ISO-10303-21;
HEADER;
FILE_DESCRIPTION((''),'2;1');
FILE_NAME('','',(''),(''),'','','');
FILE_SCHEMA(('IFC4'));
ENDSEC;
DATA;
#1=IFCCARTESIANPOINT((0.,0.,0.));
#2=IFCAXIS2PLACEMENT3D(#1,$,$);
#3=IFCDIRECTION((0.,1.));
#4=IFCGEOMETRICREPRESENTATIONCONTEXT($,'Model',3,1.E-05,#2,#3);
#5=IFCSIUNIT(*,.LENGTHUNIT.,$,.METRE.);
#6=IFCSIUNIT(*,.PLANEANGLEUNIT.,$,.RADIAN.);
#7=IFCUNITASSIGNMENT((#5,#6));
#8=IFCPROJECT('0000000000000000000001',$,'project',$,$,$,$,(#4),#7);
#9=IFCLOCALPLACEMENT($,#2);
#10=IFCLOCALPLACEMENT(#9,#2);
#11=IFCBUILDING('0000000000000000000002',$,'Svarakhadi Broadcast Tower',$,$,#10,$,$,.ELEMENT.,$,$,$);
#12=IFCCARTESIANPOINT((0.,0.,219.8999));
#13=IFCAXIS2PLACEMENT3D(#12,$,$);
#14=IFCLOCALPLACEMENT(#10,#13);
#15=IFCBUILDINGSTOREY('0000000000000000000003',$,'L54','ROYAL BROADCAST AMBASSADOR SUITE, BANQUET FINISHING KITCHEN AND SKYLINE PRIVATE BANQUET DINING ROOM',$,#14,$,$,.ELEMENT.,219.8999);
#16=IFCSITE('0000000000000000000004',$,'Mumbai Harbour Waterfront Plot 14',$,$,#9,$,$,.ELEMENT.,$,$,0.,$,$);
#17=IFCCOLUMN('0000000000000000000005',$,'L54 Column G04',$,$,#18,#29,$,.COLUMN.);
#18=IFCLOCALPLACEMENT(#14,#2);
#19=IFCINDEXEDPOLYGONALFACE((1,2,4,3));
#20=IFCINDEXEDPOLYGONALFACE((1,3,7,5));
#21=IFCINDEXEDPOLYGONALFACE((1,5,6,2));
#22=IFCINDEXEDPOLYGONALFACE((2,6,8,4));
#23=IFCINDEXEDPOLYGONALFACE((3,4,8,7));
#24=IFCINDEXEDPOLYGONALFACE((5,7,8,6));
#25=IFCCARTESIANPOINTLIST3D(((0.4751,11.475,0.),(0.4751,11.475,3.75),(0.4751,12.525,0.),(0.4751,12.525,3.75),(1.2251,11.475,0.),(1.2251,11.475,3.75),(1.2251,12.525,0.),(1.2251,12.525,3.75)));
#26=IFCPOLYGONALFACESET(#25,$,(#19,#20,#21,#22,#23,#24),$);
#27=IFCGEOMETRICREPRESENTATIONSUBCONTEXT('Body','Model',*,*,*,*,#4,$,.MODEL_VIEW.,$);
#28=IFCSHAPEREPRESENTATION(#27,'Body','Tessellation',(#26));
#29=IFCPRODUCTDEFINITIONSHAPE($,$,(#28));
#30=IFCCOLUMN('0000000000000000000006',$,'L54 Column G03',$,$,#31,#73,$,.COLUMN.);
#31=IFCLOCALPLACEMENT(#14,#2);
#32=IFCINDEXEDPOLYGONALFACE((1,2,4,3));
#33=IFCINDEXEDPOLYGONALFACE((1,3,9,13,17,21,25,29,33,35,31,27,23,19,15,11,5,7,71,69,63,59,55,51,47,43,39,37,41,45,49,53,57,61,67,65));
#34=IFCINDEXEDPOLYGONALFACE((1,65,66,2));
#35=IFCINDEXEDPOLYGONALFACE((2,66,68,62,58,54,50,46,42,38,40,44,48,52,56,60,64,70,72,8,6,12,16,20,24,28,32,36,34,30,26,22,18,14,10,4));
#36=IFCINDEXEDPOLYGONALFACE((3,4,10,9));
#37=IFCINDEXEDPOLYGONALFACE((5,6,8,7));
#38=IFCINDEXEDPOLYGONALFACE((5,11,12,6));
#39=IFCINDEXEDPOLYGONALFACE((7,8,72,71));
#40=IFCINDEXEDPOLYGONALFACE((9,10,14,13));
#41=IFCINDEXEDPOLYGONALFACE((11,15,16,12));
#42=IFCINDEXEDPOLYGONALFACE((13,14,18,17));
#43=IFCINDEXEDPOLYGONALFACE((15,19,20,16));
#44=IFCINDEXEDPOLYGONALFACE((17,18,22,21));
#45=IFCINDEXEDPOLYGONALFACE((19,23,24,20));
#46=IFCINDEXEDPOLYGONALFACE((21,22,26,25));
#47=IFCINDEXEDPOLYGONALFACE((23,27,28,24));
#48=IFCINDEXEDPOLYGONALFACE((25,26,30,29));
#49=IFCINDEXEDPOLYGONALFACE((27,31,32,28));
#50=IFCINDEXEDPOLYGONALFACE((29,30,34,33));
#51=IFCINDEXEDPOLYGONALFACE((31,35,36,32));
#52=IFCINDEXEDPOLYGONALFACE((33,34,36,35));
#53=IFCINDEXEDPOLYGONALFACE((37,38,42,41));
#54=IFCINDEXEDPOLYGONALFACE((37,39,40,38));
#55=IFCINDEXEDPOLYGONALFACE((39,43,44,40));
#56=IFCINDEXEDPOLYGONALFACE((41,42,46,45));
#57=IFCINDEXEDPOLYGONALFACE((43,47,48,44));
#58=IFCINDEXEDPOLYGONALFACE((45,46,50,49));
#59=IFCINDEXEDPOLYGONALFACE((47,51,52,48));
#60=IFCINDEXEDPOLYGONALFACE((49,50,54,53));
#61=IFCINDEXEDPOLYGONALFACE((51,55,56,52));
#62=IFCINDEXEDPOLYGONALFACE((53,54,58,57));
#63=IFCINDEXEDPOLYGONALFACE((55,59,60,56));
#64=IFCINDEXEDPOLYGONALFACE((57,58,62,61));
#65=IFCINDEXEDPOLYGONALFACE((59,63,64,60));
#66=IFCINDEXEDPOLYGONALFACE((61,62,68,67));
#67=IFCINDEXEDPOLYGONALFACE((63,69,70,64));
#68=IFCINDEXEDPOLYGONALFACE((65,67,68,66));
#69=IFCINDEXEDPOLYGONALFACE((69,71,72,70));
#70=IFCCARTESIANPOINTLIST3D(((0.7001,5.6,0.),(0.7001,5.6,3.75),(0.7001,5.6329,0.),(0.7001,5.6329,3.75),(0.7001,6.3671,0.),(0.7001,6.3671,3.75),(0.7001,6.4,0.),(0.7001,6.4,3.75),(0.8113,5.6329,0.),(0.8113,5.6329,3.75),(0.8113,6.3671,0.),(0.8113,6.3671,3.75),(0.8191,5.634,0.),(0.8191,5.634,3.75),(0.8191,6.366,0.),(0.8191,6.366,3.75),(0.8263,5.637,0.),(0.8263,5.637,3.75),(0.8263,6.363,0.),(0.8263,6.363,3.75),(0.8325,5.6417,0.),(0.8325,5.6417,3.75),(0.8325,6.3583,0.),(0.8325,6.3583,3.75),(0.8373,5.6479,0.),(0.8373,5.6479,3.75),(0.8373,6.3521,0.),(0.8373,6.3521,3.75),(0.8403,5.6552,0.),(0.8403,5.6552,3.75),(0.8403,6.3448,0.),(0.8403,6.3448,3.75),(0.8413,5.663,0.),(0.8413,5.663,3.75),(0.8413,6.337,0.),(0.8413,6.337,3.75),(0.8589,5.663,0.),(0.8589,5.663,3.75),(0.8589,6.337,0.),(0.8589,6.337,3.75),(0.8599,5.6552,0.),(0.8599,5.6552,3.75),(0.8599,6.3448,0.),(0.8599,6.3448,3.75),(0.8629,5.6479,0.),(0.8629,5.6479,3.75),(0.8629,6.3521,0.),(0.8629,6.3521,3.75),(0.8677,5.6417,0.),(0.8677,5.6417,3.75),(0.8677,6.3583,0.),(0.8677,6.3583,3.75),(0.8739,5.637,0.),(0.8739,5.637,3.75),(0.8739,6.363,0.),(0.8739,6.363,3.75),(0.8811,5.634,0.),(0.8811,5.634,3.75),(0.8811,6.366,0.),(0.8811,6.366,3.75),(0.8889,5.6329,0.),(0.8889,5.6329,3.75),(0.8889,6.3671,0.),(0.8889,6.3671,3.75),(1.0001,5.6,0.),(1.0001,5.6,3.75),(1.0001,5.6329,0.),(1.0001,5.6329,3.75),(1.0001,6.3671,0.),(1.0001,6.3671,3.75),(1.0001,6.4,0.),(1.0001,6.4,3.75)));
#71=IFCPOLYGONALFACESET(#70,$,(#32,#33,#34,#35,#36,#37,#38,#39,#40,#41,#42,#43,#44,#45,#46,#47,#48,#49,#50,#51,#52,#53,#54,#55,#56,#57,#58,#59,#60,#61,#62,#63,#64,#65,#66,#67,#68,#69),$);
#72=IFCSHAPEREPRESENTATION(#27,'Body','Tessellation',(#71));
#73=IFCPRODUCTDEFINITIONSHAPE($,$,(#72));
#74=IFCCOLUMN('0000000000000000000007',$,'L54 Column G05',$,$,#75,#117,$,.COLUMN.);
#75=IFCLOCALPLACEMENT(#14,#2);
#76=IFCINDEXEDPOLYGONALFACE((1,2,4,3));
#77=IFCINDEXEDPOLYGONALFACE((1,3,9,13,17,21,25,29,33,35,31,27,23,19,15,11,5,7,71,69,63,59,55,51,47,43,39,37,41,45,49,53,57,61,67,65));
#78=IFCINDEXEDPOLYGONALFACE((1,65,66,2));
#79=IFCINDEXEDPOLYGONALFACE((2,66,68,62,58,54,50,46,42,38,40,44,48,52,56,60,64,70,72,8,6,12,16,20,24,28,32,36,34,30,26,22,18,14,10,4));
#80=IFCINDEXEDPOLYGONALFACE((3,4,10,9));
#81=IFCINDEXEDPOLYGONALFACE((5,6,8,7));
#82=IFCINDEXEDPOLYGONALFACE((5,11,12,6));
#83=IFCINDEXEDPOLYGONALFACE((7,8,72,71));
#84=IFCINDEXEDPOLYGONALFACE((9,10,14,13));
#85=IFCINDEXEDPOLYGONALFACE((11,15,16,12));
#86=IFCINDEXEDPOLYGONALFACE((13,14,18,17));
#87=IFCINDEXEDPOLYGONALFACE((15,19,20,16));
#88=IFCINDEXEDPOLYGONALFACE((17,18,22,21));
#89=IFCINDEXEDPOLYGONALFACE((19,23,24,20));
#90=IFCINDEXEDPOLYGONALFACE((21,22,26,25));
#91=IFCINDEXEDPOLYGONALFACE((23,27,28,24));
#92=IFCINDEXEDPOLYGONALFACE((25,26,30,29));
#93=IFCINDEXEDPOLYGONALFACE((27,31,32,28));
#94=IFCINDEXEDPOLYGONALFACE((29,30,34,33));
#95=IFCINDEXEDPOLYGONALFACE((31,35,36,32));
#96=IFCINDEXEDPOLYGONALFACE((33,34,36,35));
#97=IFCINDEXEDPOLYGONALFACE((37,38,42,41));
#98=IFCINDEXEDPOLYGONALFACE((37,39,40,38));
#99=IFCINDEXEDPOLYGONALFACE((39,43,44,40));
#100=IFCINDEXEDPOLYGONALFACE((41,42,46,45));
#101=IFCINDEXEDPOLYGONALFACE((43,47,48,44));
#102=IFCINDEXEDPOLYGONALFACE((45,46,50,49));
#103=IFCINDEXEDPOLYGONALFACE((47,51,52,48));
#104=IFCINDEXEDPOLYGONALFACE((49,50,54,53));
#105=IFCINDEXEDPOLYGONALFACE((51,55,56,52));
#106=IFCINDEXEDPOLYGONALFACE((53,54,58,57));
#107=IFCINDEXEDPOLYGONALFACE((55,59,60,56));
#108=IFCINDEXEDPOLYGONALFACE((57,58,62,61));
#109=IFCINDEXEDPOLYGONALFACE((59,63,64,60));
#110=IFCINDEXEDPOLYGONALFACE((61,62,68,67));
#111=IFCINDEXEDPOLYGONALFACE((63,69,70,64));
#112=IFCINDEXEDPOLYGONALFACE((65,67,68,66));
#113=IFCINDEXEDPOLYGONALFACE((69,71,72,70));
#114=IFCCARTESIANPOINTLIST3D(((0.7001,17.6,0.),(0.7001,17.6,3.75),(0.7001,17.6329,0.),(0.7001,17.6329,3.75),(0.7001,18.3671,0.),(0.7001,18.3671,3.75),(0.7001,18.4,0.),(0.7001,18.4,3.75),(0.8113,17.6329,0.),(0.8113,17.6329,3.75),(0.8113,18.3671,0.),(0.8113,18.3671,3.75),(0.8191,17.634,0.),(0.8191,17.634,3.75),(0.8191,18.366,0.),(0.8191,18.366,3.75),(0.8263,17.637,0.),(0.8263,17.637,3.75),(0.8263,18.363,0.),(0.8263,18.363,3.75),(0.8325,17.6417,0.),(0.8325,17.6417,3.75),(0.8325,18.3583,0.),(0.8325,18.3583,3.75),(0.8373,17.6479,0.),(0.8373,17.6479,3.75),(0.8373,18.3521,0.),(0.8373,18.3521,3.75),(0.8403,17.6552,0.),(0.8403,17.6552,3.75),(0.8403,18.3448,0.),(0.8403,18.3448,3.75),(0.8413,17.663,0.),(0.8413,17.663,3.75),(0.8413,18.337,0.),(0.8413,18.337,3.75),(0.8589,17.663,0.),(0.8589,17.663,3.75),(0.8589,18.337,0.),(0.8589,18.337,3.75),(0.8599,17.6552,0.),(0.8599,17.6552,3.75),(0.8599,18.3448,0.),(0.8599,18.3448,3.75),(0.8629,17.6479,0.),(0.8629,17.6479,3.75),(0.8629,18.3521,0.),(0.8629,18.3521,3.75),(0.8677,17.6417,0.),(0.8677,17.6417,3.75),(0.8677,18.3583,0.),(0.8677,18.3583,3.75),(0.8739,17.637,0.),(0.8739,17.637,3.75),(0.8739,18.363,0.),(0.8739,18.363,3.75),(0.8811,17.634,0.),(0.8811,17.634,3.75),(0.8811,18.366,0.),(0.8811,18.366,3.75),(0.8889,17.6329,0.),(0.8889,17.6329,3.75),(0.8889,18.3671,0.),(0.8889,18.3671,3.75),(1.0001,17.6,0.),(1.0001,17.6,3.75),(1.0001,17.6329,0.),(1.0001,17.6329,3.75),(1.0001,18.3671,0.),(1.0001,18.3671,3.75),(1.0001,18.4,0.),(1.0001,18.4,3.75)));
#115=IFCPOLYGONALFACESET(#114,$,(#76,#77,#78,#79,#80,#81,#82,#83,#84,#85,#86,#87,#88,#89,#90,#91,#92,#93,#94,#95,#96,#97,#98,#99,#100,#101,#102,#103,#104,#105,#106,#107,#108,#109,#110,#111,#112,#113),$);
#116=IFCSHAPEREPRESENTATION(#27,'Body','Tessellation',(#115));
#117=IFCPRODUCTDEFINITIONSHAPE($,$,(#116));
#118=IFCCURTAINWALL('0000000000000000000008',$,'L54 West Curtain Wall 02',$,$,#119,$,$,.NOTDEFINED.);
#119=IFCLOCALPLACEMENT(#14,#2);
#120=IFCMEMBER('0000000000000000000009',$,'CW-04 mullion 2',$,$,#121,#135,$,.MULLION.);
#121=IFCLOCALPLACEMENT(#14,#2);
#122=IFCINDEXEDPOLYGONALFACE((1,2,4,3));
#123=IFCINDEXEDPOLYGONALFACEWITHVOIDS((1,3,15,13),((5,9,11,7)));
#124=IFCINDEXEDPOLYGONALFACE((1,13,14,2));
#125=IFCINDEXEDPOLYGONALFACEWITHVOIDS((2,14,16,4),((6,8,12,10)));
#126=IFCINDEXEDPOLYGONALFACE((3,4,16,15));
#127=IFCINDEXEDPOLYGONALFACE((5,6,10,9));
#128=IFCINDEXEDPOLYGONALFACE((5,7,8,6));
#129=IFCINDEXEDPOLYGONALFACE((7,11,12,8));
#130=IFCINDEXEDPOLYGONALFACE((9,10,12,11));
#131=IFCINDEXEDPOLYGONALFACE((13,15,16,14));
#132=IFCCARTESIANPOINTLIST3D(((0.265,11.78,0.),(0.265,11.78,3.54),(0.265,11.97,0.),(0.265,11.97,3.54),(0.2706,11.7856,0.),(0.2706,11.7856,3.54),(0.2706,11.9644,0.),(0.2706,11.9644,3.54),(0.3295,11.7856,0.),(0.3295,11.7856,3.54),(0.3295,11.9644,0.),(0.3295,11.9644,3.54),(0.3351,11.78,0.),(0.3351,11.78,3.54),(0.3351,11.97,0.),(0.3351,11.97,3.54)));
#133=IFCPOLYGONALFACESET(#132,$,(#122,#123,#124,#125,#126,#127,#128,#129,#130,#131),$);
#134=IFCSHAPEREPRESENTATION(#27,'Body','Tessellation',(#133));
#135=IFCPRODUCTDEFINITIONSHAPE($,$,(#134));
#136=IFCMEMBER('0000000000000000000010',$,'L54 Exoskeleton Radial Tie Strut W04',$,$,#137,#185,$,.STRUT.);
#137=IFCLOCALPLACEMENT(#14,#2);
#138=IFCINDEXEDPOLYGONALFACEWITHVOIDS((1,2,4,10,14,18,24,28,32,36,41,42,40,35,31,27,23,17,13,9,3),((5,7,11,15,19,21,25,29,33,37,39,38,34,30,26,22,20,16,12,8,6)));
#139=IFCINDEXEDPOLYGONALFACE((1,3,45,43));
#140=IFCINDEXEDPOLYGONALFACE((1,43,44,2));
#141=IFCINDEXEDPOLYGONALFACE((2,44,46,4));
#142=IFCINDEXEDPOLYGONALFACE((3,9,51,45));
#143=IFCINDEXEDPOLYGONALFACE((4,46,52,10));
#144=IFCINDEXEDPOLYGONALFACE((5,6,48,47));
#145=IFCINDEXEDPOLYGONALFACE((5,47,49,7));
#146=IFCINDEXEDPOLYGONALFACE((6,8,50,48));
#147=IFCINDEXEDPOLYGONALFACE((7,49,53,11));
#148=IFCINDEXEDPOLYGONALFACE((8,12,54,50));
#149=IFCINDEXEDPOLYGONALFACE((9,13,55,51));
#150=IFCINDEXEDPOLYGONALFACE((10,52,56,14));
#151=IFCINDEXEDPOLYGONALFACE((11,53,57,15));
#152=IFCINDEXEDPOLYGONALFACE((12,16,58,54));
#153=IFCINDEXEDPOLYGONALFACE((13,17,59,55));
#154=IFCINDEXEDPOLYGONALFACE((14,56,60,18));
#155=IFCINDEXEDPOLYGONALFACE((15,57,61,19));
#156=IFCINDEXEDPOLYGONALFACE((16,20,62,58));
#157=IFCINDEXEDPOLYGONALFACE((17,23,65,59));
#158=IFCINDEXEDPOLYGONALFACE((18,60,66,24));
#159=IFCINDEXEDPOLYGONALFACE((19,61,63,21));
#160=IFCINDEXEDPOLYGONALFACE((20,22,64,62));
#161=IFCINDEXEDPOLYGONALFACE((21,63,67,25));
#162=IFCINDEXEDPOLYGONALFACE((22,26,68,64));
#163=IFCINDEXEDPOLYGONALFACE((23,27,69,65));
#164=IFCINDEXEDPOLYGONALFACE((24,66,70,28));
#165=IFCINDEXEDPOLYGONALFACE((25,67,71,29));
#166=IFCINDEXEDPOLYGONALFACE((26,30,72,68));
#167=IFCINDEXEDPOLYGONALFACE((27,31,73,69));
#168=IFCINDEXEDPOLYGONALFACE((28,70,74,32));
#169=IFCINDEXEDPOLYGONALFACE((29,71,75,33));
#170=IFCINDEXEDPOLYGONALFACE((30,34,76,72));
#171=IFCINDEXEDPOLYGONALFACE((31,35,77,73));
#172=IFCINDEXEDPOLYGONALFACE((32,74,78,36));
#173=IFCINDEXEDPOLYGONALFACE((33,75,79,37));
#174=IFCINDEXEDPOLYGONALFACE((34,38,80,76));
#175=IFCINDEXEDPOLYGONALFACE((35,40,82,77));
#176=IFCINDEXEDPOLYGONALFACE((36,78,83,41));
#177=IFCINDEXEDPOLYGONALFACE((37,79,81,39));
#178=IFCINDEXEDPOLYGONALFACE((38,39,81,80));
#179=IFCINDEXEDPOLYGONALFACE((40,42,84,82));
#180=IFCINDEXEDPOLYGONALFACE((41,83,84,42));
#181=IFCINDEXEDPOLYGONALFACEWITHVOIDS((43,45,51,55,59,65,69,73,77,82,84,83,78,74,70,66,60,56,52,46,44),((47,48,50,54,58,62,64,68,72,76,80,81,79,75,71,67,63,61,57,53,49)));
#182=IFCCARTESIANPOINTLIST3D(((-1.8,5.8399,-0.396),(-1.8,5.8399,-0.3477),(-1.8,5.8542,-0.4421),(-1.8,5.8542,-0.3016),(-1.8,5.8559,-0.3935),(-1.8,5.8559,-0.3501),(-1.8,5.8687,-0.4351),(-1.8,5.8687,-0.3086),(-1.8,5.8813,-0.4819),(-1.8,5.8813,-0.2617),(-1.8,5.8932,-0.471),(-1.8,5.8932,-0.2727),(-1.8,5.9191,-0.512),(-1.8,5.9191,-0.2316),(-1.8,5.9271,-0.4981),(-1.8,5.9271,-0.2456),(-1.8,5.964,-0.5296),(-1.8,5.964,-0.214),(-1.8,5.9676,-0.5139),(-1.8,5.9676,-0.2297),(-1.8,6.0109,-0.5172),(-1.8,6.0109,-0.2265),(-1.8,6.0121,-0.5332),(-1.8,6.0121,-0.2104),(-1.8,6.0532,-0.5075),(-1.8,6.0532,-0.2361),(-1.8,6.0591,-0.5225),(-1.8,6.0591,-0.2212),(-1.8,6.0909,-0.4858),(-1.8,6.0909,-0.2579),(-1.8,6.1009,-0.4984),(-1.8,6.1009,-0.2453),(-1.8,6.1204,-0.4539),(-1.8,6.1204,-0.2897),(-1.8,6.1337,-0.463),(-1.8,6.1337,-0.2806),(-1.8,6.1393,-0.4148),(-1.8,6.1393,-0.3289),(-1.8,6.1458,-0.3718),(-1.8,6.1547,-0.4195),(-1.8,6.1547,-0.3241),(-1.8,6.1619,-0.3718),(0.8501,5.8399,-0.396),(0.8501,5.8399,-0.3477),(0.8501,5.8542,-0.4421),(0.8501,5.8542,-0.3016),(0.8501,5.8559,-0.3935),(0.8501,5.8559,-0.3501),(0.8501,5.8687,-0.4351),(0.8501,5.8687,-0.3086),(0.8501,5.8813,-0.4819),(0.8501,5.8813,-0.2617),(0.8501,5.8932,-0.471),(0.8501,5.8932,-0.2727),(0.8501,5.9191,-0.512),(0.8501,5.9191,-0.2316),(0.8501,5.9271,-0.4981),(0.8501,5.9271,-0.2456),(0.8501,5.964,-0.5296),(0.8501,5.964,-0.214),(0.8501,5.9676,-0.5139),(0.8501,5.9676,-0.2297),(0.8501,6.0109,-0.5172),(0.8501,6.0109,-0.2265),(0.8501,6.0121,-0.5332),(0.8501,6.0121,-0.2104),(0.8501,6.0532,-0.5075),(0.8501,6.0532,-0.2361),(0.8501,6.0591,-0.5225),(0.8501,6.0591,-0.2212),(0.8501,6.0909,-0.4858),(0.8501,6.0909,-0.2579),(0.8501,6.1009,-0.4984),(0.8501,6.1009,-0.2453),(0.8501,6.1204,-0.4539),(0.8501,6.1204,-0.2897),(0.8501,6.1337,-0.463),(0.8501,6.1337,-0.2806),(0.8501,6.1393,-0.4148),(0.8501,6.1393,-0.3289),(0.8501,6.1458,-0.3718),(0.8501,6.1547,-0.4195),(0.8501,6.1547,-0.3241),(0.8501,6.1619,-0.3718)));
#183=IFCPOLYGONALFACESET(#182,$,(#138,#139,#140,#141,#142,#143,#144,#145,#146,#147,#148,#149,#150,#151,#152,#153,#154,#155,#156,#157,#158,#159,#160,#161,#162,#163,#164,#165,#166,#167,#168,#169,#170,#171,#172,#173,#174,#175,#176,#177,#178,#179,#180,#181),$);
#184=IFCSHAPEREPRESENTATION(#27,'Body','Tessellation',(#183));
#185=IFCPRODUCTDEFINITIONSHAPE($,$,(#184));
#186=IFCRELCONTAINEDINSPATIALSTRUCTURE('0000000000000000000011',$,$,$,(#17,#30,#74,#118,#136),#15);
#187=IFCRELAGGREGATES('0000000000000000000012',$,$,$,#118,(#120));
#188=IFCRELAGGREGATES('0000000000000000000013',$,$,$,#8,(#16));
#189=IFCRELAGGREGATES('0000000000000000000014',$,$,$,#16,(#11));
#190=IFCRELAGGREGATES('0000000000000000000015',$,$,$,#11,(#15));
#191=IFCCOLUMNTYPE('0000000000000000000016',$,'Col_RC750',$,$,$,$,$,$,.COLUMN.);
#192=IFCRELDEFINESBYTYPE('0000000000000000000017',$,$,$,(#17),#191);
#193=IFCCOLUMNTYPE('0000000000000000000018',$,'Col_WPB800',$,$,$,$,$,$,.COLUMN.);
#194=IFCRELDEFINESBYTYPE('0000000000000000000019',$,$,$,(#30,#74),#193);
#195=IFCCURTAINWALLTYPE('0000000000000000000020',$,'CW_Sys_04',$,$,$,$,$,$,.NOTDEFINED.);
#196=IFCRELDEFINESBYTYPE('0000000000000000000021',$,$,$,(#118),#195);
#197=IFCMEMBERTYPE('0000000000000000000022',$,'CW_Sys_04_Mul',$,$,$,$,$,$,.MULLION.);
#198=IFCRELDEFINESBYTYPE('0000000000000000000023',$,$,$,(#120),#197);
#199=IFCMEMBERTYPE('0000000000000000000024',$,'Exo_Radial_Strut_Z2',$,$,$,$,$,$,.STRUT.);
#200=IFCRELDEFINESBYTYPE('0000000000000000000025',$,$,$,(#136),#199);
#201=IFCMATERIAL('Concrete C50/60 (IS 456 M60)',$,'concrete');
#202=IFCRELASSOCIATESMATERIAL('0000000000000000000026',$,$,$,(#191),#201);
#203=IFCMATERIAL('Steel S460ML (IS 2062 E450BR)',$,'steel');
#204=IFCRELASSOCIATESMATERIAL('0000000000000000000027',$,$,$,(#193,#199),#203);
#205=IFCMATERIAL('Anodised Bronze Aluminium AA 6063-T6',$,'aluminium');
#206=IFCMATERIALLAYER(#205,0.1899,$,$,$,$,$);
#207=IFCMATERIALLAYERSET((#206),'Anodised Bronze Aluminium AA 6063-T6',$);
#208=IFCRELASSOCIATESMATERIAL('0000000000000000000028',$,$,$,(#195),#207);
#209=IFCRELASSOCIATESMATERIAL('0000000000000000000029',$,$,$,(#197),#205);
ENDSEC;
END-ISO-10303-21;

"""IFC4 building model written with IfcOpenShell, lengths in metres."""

from ifc_helpers import new_model, si_unit, direction, frame, origin, origin_2d, place, context, subcontext, project, spatial, rectangle, hollow_rectangle, hollow_circle, i_section, extrude, material, layer, layer_set, material_profile, profile_set, type_object, element, aggregate, save


model = new_model("IFC4")

# Units and contexts
model_context = context("Model", 3, precision=1e-05, world=origin(), true_north=direction((0.0, 1.0)))
body_context = subcontext(model_context, "Body", "Model", "MODEL_VIEW")
ifc_project = project(units=[si_unit("LENGTHUNIT", "METRE"), si_unit("PLANEANGLEUNIT", "RADIAN")], contexts=[model_context])

# Site, building, storey
site_placement = place(None, origin())
site = spatial("IfcSite", under=ifc_project, at=site_placement, Name="Mumbai Harbour Waterfront Plot 14", CompositionType="ELEMENT", RefElevation=0.0)
building_placement = place(site_placement, origin())
building = spatial("IfcBuilding", under=site, at=building_placement, Name="Svarakhadi Broadcast Tower", CompositionType="ELEMENT")
storey_placement = place(building_placement, frame((0.0, 0.0, 219.8999)))
storey = spatial("IfcBuildingStorey", under=building, at=storey_placement, Name="L54", Description="ROYAL BROADCAST AMBASSADOR SUITE, BANQUET FINISHING KITCHEN AND SKYLINE PRIVATE BANQUET DINING ROOM", CompositionType="ELEMENT", Elevation=219.8999)

# Columns
ifc_material_1 = material(Name="Concrete C50/60 (IS 456 M60)", Category="concrete")
ifc_material_profile_1 = material_profile(ifc_material_1, rectangle(XDim=0.75, YDim=1.05, at=origin_2d()), Name="RC 750x1050")
ifc_profile_set_1 = profile_set([ifc_material_profile_1], Name="Concrete C50/60 (IS 456 M60)")
column_type_1 = type_object("IfcColumnType", Name="Col_RC750", PredefinedType="COLUMN", material=ifc_profile_set_1)
column_placement = place(storey_placement, frame((0.8501, 12.0, 0.0), z_axis=(0.0, 0.0, 1.0), x_axis=(1.0, 0.0, 0.0)))
element("IfcColumn", 1, at=column_placement, inside=storey, type_object=column_type_1, Name="L54 Column G04", PredefinedType="COLUMN", context=body_context, shape_type="SweptSolid", body=[
    extrude(rectangle(XDim=0.75, YDim=1.05, at=origin_2d()), origin(), (0.0, 0.0, 1.0), 3.75),
])
ifc_material_2 = material(Name="Steel S460ML (IS 2062 E450BR)", Category="steel")
ifc_material_profile_2 = material_profile(ifc_material_2, i_section(OverallWidth=0.3, OverallDepth=0.8, WebThickness=0.0176, FlangeThickness=0.033, FilletRadius=0.03, at=origin_2d()), Name="WPB 800x300x262")
ifc_profile_set_2 = profile_set([ifc_material_profile_2], Name="Steel S460ML (IS 2062 E450BR)")
column_type_2 = type_object("IfcColumnType", Name="Col_WPB800", PredefinedType="COLUMN", material=ifc_profile_set_2)
for number, where, z_axis, x_axis, name in (
    (2, (0.8501, 6.0, 0.0), (0.0, 0.0, 1.0), (1.0, 0.0, 0.0), "L54 Column G03"),
    (3, (0.8501, 18.0, 0.0), (0.0, 0.0, 1.0), (1.0, 0.0, 0.0), "L54 Column G05"),
):
    element("IfcColumn", number, at=place(storey_placement, frame(where, z_axis=z_axis, x_axis=x_axis)), inside=storey, type_object=column_type_2, Name=name, PredefinedType="COLUMN", context=body_context, shape_type="SweptSolid", body=[
        extrude(i_section(OverallWidth=0.3, OverallDepth=0.8, WebThickness=0.0176, FlangeThickness=0.033, FilletRadius=0.03, at=origin_2d()), origin(), (0.0, 0.0, 1.0), 3.75),
    ])

# Curtain wall, member
ifc_material_3 = material(Name="Anodised Bronze Aluminium AA 6063-T6", Category="aluminium")
ifc_layer_1 = layer(ifc_material_3, 0.1899)
ifc_layer_set_1 = layer_set([ifc_layer_1], Name="Anodised Bronze Aluminium AA 6063-T6")
curtain_wall_type = type_object("IfcCurtainWallType", Name="CW_Sys_04", PredefinedType="NOTDEFINED", material=ifc_layer_set_1)
curtain_wall_placement = place(storey_placement, origin())
curtain_wall = element("IfcCurtainWall", 4, at=curtain_wall_placement, inside=storey, type_object=curtain_wall_type, Name="L54 West Curtain Wall 02", PredefinedType="NOTDEFINED")
ifc_material_profile_3 = material_profile(ifc_material_3, hollow_rectangle(XDim=0.0701, YDim=0.1899, WallThickness=0.0056, at=origin_2d()), Name="ALU MULLION 190x70x6")
ifc_profile_set_3 = profile_set([ifc_material_profile_3], Name="Anodised Bronze Aluminium AA 6063-T6")
member_type_1 = type_object("IfcMemberType", Name="CW_Sys_04_Mul", PredefinedType="MULLION", material=ifc_profile_set_3)
member_placement = place(storey_placement, frame((0.3, 11.875, 0.0), z_axis=(0.0, 0.0, 1.0), x_axis=(-1.0, 0.0, 0.0)))
member = element("IfcMember", 5, at=member_placement, type_object=member_type_1, Name="CW-04 mullion 2", PredefinedType="MULLION", context=body_context, shape_type="SweptSolid", body=[
    extrude(hollow_rectangle(XDim=0.0701, YDim=0.1899, WallThickness=0.0056, at=origin_2d()), origin(), (0.0, 0.0, 1.0), 3.54),
])

# Member
ifc_material_profile_4 = material_profile(ifc_material_2, hollow_circle(Radius=0.1619, WallThickness=0.0161, at=origin_2d()), Name="CHS 323.9x16")
ifc_profile_set_4 = profile_set([ifc_material_profile_4], Name="Steel S460ML (IS 2062 E450BR)")
member_type_2 = type_object("IfcMemberType", Name="Exo_Radial_Strut_Z2", PredefinedType="STRUT", material=ifc_profile_set_4)
for number, where, z_axis, x_axis, name in (
    (6, (-1.8, 6.0, -0.3718), (1.0, 0.0, 0.0), (0.0, 1.0, 0.0), "L54 Exoskeleton Radial Tie Strut W04"),
):
    element("IfcMember", number, at=place(storey_placement, frame(where, z_axis=z_axis, x_axis=x_axis)), inside=storey, type_object=member_type_2, Name=name, PredefinedType="STRUT", context=body_context, shape_type="SweptSolid", body=[
        extrude(hollow_circle(Radius=0.1619, WallThickness=0.0161, at=origin_2d()), origin(), (0.0, 0.0, 1.0), 2.6501),
    ])

aggregate(curtain_wall, [member])

save(model, "model.ifc")
